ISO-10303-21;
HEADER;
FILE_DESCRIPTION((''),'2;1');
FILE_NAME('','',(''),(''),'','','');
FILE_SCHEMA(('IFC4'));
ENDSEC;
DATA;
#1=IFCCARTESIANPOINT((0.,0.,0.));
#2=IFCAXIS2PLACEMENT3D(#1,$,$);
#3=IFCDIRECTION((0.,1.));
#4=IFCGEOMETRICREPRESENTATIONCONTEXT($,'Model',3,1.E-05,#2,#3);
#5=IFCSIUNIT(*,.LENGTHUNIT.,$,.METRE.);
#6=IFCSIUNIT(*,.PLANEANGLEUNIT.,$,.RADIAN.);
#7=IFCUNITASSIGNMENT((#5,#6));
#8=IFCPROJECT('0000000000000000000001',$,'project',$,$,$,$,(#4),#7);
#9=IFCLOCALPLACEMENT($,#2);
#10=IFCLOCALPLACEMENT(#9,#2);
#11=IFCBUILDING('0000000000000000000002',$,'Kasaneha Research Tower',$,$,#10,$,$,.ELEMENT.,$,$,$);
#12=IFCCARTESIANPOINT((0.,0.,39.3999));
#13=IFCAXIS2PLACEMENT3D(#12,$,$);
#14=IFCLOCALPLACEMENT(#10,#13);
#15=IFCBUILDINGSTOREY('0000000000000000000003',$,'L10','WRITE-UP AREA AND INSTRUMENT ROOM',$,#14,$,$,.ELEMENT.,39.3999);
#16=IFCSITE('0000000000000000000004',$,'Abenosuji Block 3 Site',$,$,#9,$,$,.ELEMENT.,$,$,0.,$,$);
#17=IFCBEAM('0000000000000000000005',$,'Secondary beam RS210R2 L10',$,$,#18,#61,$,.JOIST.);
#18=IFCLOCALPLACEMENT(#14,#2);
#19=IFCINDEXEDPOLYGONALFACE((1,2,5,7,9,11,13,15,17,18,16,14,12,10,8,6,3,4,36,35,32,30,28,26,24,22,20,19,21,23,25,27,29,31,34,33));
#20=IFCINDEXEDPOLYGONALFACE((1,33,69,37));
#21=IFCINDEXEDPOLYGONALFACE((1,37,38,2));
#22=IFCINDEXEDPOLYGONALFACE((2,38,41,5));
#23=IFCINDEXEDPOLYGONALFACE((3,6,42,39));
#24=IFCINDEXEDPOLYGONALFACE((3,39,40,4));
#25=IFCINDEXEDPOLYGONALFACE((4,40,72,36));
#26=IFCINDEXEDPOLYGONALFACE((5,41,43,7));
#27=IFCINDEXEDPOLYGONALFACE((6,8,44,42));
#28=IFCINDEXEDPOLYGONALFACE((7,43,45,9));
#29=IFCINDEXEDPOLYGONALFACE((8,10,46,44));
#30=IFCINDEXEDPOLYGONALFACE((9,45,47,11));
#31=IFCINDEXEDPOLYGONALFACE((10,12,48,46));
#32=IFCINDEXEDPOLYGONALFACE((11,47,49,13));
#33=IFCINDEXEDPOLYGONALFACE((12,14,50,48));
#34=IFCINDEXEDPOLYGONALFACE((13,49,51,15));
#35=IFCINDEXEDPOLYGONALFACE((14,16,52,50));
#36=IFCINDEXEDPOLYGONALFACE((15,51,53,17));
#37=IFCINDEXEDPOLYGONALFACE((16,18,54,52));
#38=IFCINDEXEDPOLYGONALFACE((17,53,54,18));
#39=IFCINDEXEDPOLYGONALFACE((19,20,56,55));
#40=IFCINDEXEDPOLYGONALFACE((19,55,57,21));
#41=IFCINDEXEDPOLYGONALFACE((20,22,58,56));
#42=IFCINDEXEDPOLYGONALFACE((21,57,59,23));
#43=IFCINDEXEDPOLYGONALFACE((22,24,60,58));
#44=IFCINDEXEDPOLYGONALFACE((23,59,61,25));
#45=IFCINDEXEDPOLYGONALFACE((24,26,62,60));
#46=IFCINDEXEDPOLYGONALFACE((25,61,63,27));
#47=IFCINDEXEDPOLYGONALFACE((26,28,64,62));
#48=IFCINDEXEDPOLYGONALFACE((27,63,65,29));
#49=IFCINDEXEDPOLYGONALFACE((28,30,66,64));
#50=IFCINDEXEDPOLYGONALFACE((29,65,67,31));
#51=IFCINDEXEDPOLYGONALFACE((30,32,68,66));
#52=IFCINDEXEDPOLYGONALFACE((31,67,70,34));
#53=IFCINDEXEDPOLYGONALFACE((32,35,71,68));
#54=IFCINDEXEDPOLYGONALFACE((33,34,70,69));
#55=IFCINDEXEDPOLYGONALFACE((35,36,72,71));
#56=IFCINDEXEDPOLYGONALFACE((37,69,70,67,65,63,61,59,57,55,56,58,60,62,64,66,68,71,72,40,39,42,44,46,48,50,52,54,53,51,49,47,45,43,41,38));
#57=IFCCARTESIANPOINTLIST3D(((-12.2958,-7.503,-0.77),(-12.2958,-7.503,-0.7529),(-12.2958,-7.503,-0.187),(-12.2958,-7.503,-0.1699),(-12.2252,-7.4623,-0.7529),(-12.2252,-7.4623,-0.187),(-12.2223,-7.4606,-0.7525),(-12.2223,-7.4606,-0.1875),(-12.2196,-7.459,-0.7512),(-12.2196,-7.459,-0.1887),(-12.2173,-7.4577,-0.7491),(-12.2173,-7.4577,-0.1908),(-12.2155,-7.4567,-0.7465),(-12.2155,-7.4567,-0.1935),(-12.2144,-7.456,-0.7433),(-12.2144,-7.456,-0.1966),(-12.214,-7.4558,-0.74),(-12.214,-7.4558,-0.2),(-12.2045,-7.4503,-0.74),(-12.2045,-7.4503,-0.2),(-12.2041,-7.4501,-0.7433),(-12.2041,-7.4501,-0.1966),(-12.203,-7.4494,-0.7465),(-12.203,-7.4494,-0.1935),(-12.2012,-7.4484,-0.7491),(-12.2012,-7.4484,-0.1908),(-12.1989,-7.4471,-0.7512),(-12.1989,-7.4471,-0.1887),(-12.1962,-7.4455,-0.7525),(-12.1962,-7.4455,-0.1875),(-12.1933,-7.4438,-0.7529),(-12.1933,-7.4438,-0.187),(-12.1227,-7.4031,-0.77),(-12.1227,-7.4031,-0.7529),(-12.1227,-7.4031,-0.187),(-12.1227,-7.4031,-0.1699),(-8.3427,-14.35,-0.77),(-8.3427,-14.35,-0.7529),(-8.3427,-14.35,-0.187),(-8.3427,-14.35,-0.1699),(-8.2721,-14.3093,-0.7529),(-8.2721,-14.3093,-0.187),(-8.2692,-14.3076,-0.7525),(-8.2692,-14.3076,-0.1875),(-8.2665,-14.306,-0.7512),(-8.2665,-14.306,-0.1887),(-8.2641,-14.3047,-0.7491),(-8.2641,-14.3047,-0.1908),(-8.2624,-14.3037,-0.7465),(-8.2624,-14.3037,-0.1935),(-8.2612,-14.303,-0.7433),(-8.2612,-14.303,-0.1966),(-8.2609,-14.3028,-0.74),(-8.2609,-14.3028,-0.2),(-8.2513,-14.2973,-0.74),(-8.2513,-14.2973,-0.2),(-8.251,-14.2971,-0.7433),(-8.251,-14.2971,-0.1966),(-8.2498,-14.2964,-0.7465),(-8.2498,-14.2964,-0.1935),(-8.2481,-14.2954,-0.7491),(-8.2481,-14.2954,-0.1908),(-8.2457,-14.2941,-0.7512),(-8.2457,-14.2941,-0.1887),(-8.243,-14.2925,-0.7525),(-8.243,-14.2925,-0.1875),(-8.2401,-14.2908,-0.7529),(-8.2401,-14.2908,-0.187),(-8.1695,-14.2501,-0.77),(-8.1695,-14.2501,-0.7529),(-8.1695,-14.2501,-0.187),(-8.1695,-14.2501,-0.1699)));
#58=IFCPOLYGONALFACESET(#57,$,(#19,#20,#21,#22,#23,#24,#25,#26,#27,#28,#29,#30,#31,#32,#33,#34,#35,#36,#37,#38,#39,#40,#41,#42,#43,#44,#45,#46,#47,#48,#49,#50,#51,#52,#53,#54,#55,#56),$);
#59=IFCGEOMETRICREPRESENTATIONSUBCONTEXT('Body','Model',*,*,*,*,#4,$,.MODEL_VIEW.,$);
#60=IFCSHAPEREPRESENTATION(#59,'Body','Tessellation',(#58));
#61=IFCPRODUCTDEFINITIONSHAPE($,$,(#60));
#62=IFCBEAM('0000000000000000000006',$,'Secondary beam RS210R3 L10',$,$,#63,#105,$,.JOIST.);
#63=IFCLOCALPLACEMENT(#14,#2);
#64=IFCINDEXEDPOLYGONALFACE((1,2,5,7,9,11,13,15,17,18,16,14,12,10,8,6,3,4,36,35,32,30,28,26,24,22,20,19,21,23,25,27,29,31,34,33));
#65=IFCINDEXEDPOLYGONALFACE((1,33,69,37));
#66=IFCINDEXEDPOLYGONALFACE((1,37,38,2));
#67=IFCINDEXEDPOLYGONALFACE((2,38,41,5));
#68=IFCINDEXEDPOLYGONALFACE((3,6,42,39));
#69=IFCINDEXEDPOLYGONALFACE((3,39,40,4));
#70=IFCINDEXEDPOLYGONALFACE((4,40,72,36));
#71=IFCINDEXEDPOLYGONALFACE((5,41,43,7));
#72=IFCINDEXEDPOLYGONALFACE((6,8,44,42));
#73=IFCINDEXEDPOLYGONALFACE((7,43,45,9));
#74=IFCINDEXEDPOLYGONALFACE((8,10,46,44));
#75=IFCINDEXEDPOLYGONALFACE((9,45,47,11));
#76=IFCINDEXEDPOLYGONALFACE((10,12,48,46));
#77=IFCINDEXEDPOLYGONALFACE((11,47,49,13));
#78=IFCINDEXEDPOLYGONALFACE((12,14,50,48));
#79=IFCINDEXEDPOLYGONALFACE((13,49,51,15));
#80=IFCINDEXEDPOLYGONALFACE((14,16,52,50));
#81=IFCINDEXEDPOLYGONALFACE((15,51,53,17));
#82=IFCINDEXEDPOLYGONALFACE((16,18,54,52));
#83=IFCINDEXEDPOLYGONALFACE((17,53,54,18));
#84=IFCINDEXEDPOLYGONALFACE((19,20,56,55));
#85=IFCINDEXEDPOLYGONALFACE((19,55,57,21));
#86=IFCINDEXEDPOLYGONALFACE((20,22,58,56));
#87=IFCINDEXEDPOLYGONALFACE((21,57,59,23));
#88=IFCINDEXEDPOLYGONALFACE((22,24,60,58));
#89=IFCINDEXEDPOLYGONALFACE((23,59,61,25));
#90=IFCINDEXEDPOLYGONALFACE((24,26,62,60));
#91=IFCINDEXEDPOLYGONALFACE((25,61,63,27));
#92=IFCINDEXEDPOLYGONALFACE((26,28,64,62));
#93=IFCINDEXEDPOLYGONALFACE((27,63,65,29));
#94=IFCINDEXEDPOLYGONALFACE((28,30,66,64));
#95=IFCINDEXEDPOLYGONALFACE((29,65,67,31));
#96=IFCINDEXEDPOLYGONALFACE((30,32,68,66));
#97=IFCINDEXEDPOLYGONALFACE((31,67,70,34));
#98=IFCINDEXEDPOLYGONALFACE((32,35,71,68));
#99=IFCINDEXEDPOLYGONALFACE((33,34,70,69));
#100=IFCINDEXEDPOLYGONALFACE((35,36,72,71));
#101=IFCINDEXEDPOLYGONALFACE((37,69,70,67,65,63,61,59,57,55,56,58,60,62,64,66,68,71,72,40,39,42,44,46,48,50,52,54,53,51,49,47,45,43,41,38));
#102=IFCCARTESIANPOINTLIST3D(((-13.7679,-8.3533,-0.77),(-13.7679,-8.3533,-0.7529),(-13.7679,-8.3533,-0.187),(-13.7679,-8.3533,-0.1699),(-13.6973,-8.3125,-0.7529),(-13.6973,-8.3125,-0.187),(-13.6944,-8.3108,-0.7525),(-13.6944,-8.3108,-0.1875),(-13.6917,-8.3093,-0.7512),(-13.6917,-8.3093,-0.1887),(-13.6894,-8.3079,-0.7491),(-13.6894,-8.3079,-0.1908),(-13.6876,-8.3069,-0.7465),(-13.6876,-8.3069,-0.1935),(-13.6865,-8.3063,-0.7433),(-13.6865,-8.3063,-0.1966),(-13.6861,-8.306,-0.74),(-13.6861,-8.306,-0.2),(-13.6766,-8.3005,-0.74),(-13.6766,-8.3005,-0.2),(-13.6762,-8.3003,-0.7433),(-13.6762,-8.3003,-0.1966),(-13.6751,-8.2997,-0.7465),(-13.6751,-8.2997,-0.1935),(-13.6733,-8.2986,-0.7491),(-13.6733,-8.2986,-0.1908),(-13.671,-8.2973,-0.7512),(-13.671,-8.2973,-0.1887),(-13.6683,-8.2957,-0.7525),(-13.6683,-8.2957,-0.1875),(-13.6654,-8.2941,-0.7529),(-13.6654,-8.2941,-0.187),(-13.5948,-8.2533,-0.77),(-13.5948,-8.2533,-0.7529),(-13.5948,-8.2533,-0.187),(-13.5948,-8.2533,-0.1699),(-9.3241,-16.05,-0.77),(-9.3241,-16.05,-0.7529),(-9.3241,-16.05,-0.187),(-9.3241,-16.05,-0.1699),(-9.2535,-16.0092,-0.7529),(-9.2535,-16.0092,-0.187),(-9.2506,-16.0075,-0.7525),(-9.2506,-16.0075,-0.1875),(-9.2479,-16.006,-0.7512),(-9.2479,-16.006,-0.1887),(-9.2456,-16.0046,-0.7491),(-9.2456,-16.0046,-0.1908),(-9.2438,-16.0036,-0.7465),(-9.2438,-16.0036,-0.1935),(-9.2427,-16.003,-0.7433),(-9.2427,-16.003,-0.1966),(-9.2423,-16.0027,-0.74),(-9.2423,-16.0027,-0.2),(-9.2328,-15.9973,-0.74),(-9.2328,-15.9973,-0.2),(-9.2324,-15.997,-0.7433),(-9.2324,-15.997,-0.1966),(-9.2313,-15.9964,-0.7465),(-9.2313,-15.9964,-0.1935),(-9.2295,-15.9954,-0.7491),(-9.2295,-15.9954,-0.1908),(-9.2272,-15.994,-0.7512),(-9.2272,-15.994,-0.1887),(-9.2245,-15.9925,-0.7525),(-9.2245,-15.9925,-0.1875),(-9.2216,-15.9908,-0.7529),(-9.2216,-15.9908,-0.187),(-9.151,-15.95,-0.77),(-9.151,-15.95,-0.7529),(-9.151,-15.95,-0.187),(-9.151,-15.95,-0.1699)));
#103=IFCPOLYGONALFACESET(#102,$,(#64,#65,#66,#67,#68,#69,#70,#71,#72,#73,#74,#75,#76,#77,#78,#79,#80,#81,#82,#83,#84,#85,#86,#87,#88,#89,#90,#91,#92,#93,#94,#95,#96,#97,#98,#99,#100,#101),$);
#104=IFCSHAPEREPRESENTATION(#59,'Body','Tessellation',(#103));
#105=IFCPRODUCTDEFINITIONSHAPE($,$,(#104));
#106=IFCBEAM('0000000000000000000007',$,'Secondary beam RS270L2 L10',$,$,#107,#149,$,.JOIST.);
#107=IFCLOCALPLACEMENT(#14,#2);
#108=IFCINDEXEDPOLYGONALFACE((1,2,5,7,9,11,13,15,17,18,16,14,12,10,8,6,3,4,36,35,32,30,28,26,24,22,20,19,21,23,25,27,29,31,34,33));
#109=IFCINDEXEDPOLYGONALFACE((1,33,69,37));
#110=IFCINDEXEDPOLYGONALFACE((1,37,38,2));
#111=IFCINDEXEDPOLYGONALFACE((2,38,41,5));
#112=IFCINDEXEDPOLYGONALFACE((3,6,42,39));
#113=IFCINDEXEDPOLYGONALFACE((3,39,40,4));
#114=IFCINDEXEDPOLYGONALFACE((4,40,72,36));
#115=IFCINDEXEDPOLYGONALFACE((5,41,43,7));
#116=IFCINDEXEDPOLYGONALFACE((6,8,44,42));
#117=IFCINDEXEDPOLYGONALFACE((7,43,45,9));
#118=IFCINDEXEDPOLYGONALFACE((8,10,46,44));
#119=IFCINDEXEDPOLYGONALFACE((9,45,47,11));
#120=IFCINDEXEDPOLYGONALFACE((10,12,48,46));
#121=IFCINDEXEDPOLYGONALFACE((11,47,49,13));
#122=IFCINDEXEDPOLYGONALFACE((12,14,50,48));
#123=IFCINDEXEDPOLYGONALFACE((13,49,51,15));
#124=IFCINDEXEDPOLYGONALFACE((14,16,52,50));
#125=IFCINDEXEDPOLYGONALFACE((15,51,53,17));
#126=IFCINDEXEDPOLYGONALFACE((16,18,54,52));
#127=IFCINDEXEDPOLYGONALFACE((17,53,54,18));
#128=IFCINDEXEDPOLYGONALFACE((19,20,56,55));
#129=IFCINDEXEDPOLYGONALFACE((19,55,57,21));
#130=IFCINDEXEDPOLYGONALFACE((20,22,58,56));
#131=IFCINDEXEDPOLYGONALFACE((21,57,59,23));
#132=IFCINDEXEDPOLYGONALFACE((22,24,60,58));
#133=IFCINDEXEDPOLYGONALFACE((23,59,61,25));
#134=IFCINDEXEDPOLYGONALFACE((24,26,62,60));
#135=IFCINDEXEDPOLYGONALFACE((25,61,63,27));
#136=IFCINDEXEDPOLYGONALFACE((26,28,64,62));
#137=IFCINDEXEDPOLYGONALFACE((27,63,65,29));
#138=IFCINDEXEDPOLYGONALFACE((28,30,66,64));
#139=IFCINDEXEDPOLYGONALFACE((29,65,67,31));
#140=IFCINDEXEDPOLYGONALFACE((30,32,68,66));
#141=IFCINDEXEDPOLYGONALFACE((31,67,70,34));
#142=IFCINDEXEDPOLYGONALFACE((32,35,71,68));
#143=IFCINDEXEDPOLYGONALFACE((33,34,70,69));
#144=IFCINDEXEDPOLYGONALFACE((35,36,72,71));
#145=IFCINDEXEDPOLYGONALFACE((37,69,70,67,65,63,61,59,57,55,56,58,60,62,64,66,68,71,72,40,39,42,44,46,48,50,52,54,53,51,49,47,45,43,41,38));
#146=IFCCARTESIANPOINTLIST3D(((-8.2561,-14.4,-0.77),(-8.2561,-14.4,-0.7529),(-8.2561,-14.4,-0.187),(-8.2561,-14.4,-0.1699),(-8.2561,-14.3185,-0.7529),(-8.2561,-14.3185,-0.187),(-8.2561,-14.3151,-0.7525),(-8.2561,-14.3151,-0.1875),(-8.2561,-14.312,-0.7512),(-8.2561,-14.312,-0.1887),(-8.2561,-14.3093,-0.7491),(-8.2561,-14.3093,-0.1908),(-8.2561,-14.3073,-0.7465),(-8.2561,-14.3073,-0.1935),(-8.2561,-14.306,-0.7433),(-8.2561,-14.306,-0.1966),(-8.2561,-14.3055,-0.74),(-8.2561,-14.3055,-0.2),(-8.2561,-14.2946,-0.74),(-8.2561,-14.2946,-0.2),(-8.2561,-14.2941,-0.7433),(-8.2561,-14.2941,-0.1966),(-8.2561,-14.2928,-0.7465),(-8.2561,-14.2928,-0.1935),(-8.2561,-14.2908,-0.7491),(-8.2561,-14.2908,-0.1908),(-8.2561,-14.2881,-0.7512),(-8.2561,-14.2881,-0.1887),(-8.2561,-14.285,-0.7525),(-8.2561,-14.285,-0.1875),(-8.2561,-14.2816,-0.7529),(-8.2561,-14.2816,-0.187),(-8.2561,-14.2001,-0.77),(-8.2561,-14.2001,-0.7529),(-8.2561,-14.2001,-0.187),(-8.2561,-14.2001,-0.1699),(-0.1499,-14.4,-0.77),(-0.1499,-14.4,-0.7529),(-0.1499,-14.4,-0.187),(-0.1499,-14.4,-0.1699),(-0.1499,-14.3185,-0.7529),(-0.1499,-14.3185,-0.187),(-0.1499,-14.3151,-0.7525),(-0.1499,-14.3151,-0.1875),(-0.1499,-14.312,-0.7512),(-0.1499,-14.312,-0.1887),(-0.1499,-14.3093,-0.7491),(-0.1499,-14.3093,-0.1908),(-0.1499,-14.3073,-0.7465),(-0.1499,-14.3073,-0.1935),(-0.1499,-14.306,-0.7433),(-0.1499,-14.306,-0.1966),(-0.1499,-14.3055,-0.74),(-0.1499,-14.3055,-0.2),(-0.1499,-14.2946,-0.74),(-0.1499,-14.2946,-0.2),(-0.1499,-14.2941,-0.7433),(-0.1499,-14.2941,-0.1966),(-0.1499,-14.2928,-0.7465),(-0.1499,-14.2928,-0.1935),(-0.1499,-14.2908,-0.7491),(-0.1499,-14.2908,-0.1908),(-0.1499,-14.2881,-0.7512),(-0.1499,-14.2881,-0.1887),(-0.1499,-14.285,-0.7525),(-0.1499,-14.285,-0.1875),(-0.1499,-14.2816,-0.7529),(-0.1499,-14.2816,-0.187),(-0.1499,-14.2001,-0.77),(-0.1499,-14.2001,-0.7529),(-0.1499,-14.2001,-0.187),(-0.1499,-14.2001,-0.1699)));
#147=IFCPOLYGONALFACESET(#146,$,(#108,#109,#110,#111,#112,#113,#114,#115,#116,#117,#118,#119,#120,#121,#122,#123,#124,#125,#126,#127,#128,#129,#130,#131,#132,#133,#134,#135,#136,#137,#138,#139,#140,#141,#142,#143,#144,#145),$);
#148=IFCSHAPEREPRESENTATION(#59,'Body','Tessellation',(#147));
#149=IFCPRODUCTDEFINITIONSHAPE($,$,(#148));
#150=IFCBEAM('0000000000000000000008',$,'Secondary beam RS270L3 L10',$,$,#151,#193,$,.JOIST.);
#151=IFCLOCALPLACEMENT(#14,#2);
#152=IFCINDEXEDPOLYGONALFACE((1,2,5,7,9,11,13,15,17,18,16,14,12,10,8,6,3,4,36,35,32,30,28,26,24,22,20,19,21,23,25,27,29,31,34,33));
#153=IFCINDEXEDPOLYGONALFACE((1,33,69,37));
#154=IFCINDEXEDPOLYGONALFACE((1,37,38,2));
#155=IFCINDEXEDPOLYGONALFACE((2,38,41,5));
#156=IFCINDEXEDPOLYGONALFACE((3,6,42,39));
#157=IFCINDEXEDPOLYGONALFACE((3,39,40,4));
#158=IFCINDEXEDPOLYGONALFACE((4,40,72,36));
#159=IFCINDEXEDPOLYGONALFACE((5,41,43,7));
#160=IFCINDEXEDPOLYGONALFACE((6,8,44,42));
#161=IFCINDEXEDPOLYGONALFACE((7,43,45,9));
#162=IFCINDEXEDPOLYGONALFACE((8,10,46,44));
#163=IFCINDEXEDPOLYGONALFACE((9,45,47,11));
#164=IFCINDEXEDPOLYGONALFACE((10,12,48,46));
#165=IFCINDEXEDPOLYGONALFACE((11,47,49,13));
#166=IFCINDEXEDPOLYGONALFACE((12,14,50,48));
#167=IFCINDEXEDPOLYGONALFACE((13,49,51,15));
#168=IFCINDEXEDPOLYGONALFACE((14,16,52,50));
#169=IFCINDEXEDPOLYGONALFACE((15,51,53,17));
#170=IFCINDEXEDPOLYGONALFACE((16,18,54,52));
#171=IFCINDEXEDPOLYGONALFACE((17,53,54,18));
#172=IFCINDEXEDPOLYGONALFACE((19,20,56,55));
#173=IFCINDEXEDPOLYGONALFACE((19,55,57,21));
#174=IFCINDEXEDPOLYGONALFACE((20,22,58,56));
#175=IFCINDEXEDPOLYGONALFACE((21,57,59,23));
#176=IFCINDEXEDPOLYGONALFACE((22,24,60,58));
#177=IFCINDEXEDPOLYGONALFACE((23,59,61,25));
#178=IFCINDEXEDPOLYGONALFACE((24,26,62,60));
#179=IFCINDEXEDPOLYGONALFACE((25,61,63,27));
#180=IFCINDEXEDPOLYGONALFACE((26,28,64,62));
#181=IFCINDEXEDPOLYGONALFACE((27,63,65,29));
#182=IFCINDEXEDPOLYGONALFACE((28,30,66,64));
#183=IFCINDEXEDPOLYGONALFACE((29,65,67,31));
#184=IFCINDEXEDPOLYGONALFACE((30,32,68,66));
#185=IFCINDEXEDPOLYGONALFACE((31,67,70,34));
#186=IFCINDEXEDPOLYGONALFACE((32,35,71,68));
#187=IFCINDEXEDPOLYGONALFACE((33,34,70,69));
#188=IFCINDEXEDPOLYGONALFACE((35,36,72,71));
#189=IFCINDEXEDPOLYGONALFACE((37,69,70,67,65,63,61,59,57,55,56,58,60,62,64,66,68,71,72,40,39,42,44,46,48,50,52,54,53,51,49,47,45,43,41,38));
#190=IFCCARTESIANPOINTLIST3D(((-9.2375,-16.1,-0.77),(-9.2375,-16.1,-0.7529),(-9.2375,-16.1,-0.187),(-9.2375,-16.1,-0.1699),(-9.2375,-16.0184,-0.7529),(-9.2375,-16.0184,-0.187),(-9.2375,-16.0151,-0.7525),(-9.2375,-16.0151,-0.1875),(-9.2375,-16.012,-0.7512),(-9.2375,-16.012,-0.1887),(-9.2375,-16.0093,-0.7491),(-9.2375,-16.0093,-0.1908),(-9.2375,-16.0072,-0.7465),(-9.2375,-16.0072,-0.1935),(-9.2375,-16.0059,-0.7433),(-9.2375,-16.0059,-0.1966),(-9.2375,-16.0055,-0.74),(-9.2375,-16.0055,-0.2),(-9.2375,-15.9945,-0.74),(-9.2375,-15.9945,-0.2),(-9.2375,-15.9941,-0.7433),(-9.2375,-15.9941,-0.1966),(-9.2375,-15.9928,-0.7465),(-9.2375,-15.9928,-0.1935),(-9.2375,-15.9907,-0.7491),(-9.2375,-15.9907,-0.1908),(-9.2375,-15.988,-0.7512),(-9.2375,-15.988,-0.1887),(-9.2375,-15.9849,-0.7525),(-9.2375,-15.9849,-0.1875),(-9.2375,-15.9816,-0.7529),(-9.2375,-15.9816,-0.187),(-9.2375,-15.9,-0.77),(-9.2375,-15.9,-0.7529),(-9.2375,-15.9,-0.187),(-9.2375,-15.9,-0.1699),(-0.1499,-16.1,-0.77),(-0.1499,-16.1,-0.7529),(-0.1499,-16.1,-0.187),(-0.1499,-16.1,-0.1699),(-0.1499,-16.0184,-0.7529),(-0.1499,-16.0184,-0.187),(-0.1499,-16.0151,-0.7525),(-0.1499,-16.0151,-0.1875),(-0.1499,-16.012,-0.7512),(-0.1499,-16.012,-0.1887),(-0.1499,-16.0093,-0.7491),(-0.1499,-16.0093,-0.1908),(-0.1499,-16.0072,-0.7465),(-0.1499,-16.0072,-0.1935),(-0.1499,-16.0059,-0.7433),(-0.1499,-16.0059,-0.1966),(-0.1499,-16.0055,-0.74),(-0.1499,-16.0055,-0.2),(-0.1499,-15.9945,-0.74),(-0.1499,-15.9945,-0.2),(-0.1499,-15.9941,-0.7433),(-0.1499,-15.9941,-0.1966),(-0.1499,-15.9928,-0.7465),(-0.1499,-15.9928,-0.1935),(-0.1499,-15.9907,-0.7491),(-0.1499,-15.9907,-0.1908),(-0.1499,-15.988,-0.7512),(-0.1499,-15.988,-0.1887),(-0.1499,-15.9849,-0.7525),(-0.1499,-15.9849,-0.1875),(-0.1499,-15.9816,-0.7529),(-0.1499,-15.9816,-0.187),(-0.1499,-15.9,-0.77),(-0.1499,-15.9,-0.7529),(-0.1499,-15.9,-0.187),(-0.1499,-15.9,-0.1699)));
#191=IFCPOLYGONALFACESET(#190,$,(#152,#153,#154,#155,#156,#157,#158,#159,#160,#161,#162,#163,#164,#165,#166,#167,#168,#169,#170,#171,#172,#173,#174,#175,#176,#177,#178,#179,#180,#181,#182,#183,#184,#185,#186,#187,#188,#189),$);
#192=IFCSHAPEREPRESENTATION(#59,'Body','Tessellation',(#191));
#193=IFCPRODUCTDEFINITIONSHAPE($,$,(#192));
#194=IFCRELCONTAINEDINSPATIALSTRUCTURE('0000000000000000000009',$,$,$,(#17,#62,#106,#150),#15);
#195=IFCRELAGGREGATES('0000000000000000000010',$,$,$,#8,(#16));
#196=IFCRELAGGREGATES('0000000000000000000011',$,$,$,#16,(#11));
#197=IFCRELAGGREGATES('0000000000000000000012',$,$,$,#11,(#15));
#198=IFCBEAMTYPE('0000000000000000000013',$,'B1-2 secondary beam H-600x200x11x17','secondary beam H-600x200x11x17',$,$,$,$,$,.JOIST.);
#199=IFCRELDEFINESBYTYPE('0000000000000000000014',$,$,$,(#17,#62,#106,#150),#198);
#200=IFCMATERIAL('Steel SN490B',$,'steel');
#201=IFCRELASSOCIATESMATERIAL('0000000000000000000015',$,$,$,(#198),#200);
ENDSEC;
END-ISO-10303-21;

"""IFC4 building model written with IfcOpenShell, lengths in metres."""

from ifc_helpers import new_model, si_unit, direction, frame, origin, origin_2d, place, context, subcontext, project, spatial, i_section, extrude, material, material_profile, profile_set, type_object, element, save


model = new_model("IFC4")

# Units and contexts
model_context = context("Model", 3, precision=1e-05, world=origin(), true_north=direction((0.0, 1.0)))
body_context = subcontext(model_context, "Body", "Model", "MODEL_VIEW")
ifc_project = project(units=[si_unit("LENGTHUNIT", "METRE"), si_unit("PLANEANGLEUNIT", "RADIAN")], contexts=[model_context])

# Site, building, storey
site_placement = place(None, origin())
site = spatial("IfcSite", under=ifc_project, at=site_placement, Name="Abenosuji Block 3 Site", CompositionType="ELEMENT", RefElevation=0.0)
building_placement = place(site_placement, origin())
building = spatial("IfcBuilding", under=site, at=building_placement, Name="Kasaneha Research Tower", CompositionType="ELEMENT")
storey_placement = place(building_placement, frame((0.0, 0.0, 39.3999)))
storey = spatial("IfcBuildingStorey", under=building, at=storey_placement, Name="L10", Description="WRITE-UP AREA AND INSTRUMENT ROOM", CompositionType="ELEMENT", Elevation=39.3999)

# Beams
ifc_material_1 = material(Name="Steel SN490B", Category="steel")
ifc_material_profile_1 = material_profile(ifc_material_1, i_section(OverallWidth=0.2, OverallDepth=0.6001, WebThickness=0.011, FlangeThickness=0.0171, FilletRadius=0.0129, at=origin_2d()), Name="H-600x200x11x17")
ifc_profile_set_1 = profile_set([ifc_material_profile_1], Name="Steel SN490B")
beam_type_1 = type_object("IfcBeamType", Name="B1-2 secondary beam H-600x200x11x17", Description="secondary beam H-600x200x11x17", PredefinedType="JOIST", material=ifc_profile_set_1)
beam_1_placement = place(storey_placement, frame((-8.2561, -14.3, -0.47), z_axis=(-0.500005, 0.866023, 0.0), x_axis=(-0.866023, -0.500005, 0.0)))
element("IfcBeam", 1, at=beam_1_placement, inside=storey, type_object=beam_type_1, Name="Secondary beam RS210R2 L10", PredefinedType="JOIST", context=body_context, shape_type="SweptSolid", body=[
    extrude(i_section(OverallWidth=0.2, OverallDepth=0.6001, WebThickness=0.011, FlangeThickness=0.0171, FilletRadius=0.0129, at=origin_2d()), origin(), (0.0, 0.0, 1.0), 7.9062),
])
beam_2_placement = place(storey_placement, frame((-9.2375, -16.0, -0.47), z_axis=(-0.500009, 0.86602, 0.0), x_axis=(-0.86602, -0.500009, 0.0)))
element("IfcBeam", 2, at=beam_2_placement, inside=storey, type_object=beam_type_1, Name="Secondary beam RS210R3 L10", PredefinedType="JOIST", context=body_context, shape_type="SweptSolid", body=[
    extrude(i_section(OverallWidth=0.2, OverallDepth=0.6001, WebThickness=0.011, FlangeThickness=0.0171, FilletRadius=0.0129, at=origin_2d()), origin(), (0.0, 0.0, 1.0), 8.8875),
])
beam_3_placement = place(storey_placement, frame((-8.2561, -14.3, -0.47), z_axis=(1.0, 0.0, 0.0), x_axis=(0.0, 1.0, 0.0)))
element("IfcBeam", 3, at=beam_3_placement, inside=storey, type_object=beam_type_1, Name="Secondary beam RS270L2 L10", PredefinedType="JOIST", context=body_context, shape_type="SweptSolid", body=[
    extrude(i_section(OverallWidth=0.2, OverallDepth=0.6001, WebThickness=0.011, FlangeThickness=0.0171, FilletRadius=0.0129, at=origin_2d()), origin(), (0.0, 0.0, 1.0), 8.1062),
])
beam_4_placement = place(storey_placement, frame((-9.2375, -16.0, -0.47), z_axis=(1.0, 0.0, 0.0), x_axis=(0.0, 1.0, 0.0)))
element("IfcBeam", 4, at=beam_4_placement, inside=storey, type_object=beam_type_1, Name="Secondary beam RS270L3 L10", PredefinedType="JOIST", context=body_context, shape_type="SweptSolid", body=[
    extrude(i_section(OverallWidth=0.2, OverallDepth=0.6001, WebThickness=0.011, FlangeThickness=0.0171, FilletRadius=0.0129, at=origin_2d()), origin(), (0.0, 0.0, 1.0), 9.0876),
])

save(model, "model.ifc")
